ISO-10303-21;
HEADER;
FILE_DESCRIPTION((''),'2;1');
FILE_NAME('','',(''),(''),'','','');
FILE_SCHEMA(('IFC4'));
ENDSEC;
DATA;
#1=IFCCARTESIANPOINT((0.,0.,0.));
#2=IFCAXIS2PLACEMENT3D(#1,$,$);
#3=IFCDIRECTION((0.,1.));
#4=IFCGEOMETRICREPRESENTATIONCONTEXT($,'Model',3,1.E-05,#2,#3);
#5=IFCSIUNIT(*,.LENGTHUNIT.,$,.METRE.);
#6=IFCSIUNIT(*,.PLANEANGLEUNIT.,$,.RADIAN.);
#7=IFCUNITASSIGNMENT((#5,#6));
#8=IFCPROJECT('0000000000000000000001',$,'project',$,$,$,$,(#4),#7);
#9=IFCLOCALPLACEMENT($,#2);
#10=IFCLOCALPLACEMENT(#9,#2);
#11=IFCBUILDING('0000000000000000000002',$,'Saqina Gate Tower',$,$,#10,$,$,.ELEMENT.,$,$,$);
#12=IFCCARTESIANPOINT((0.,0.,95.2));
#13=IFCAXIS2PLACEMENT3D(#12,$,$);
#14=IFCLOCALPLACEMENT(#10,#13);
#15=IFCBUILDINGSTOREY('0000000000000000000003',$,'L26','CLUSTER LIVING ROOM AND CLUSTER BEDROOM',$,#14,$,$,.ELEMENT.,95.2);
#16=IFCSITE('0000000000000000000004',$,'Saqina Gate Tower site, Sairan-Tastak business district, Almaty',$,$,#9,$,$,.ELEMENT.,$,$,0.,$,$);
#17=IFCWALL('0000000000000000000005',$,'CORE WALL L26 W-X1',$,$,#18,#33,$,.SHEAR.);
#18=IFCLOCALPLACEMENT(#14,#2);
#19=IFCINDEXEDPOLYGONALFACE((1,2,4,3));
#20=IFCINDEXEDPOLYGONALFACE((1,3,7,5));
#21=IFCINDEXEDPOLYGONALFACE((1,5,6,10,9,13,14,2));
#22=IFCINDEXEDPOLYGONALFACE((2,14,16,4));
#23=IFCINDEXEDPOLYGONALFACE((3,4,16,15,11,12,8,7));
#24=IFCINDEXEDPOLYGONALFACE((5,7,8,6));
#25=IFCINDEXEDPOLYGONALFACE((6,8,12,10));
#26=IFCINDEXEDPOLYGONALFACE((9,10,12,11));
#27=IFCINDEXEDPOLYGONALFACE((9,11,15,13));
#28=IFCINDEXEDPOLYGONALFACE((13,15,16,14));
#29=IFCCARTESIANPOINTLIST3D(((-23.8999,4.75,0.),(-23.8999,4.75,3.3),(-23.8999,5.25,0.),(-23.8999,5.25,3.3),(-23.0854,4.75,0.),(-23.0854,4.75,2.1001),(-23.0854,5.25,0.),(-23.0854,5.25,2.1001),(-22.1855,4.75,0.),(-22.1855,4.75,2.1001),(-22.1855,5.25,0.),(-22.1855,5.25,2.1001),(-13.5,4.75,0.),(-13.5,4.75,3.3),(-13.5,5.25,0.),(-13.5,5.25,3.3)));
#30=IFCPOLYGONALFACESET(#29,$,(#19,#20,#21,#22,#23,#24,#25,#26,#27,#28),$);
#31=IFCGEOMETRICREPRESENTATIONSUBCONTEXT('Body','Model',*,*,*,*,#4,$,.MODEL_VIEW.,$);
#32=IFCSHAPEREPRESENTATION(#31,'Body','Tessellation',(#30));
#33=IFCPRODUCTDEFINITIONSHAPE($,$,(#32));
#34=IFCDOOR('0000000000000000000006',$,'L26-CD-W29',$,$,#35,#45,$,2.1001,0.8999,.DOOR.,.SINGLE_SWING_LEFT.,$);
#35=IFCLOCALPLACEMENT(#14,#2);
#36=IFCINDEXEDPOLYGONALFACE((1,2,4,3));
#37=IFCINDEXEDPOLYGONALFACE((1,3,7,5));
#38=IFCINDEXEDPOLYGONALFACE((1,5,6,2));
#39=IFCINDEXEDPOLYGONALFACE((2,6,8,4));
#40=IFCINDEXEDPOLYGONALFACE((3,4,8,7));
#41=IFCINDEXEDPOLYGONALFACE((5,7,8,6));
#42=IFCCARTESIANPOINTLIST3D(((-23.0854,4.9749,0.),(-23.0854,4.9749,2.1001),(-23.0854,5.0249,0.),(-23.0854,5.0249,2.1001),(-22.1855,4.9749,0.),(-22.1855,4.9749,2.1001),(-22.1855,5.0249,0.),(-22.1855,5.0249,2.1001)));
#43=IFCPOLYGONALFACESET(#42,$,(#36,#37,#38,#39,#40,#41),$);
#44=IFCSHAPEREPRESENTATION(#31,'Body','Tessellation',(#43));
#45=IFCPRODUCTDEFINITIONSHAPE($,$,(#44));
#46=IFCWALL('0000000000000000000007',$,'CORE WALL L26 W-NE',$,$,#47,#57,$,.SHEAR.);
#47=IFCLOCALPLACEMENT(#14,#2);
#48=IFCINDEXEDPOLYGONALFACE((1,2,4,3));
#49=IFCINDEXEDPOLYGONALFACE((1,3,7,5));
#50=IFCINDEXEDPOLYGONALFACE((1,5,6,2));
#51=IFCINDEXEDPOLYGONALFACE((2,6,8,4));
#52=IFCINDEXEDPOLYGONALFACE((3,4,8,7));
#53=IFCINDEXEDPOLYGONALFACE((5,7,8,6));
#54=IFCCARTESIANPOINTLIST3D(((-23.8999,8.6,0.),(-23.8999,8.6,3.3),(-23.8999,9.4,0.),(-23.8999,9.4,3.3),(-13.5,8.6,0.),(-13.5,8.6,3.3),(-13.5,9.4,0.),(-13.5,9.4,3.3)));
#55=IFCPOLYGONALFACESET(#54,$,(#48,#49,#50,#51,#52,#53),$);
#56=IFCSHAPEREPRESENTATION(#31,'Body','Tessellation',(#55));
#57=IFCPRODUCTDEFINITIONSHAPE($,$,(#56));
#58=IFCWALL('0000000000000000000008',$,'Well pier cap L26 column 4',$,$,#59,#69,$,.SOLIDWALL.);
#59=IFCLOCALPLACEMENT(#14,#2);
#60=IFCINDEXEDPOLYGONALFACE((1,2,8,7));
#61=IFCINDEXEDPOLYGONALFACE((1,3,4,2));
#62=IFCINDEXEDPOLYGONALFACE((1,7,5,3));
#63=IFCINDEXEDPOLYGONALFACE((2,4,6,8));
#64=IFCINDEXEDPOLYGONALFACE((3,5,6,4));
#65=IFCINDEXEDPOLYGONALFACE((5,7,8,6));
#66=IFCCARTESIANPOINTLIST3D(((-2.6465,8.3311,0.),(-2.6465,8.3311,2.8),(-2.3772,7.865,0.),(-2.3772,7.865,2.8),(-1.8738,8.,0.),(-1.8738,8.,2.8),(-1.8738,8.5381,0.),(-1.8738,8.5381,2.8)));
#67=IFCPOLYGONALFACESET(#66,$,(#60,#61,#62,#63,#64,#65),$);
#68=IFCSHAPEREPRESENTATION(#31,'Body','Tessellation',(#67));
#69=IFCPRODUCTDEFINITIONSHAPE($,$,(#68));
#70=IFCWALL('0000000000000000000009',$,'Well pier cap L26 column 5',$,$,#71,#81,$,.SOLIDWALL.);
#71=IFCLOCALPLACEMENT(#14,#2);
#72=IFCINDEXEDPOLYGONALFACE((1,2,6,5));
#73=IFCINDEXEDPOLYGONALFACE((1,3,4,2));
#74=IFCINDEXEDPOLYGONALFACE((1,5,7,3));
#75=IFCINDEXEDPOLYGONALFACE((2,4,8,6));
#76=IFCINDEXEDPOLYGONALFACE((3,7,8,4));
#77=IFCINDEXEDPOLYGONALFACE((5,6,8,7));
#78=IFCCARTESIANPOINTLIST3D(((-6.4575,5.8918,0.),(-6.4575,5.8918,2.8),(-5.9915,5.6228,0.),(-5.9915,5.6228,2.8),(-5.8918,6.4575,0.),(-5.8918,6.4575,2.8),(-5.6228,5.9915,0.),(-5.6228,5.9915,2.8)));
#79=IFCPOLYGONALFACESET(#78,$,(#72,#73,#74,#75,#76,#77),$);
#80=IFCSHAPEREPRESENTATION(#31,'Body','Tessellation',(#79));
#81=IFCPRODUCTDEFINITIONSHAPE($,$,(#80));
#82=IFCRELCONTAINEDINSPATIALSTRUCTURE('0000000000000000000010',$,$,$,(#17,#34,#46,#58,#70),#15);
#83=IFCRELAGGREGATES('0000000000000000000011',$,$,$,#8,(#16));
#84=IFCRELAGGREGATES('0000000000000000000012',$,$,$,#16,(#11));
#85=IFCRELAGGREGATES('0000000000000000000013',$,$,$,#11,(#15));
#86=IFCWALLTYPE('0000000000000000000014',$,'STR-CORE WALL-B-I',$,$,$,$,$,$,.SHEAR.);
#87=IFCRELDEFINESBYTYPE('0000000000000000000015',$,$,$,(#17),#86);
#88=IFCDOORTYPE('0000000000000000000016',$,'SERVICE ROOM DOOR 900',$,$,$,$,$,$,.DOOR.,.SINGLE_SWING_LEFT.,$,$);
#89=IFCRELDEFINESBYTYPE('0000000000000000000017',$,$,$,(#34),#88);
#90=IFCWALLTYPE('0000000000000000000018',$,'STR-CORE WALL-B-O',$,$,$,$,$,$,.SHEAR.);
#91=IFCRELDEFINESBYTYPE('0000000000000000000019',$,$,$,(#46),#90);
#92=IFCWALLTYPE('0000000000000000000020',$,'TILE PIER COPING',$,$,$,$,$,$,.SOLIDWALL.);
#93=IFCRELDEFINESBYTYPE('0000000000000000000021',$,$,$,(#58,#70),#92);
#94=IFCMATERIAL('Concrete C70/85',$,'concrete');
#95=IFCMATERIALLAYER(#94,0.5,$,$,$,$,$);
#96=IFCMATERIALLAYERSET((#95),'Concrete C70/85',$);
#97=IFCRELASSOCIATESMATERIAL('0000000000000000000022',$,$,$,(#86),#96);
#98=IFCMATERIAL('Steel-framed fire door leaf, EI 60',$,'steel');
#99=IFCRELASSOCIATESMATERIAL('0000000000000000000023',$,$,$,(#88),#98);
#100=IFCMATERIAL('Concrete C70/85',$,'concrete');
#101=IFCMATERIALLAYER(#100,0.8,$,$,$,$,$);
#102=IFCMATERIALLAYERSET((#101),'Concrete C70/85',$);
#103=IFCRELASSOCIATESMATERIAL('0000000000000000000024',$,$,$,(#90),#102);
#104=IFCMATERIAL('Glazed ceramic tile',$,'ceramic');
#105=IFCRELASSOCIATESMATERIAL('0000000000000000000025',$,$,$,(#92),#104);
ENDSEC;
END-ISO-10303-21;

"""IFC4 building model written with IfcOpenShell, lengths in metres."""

from ifc_helpers import new_model, si_unit, direction, frame, frame_2d, origin, place, context, subcontext, project, spatial, polyline, rectangle, outline, extrude, material, layer, layer_set, type_object, element, fill, save


model = new_model("IFC4")

# Units and contexts
model_context = context("Model", 3, precision=1e-05, world=origin(), true_north=direction((0.0, 1.0)))
body_context = subcontext(model_context, "Body", "Model", "MODEL_VIEW")
ifc_project = project(units=[si_unit("LENGTHUNIT", "METRE"), si_unit("PLANEANGLEUNIT", "RADIAN")], contexts=[model_context])

# Site, building, storey
site_placement = place(None, origin())
site = spatial("IfcSite", under=ifc_project, at=site_placement, Name="Saqina Gate Tower site, Sairan-Tastak business district, Almaty", CompositionType="ELEMENT", RefElevation=0.0)
building_placement = place(site_placement, origin())
building = spatial("IfcBuilding", under=site, at=building_placement, Name="Saqina Gate Tower", CompositionType="ELEMENT")
storey_placement = place(building_placement, frame((0.0, 0.0, 95.2)))
storey = spatial("IfcBuildingStorey", under=building, at=storey_placement, Name="L26", Description="CLUSTER LIVING ROOM AND CLUSTER BEDROOM", CompositionType="ELEMENT", Elevation=95.2)

# Wall, opening, door
ifc_material_1 = material(Name="Concrete C70/85", Category="concrete")
ifc_layer_1 = layer(ifc_material_1, 0.5)
ifc_layer_set_1 = layer_set([ifc_layer_1], Name="Concrete C70/85")
wall_type_1 = type_object("IfcWallType", Name="STR-CORE WALL-B-I", PredefinedType="SHEAR", material=ifc_layer_set_1)
wall_1_placement = place(storey_placement, frame((-13.5, 5.0, 0.0), z_axis=(0.0, 0.0, 1.0), x_axis=(-1.0, 0.0, 0.0)))
wall_1 = element("IfcWall", 1, at=wall_1_placement, inside=storey, type_object=wall_type_1, Name="CORE WALL L26 W-X1", PredefinedType="SHEAR", context=body_context, shape_type="SweptSolid", body=[
    extrude(rectangle(XDim=10.3999, YDim=0.5, at=frame_2d((5.2, 0.0))), origin(), (0.0, 0.0, 1.0), 3.3),
])
opening_1_placement = place(wall_1_placement, frame((8.6855, 0.0, 0.0)))
opening_1 = element("IfcOpeningElement", 2, at=opening_1_placement, cuts=wall_1, PredefinedType="OPENING", context=body_context, shape_type="SweptSolid", body=[
    extrude(rectangle(XDim=0.8999, YDim=2.1001, at=frame_2d((0.45, 1.05))), frame((0.0, 0.262, 0.0), z_axis=(0.0, -1.0, 0.0), x_axis=(1.0, 0.0, 0.0)), (0.0, 0.0, 1.0), 0.5239),
])
ifc_material_2 = material(Name="Steel-framed fire door leaf, EI 60", Category="steel")
door_type_1 = type_object("IfcDoorType", Name="SERVICE ROOM DOOR 900", OperationType="SINGLE_SWING_LEFT", PredefinedType="DOOR", material=ifc_material_2)
door_1_placement = place(opening_1_placement, frame((0.8999, 0.0, 0.0), z_axis=(0.0, 0.0, 1.0), x_axis=(-1.0, 0.0, 0.0)))
door_1 = element("IfcDoor", 3, at=door_1_placement, inside=storey, type_object=door_type_1, Name="L26-CD-W29", OperationType="SINGLE_SWING_LEFT", OverallHeight=2.1001, OverallWidth=0.8999, PredefinedType="DOOR", context=body_context, shape_type="SweptSolid", body=[
    extrude(rectangle(XDim=0.8999, YDim=2.1001, at=frame_2d((0.45, 1.05))), frame((0.0, 0.0249, 0.0), z_axis=(0.0, -1.0, 0.0), x_axis=(1.0, 0.0, 0.0)), (0.0, 0.0, 1.0), 0.05),
])
fill(opening_1, door_1)

# Walls
ifc_material_3 = material(Name="Concrete C70/85", Category="concrete")
ifc_layer_2 = layer(ifc_material_3, 0.8)
ifc_layer_set_2 = layer_set([ifc_layer_2], Name="Concrete C70/85")
wall_type_2 = type_object("IfcWallType", Name="STR-CORE WALL-B-O", PredefinedType="SHEAR", material=ifc_layer_set_2)
wall_2_placement = place(storey_placement, frame((-13.5, 9.0, 0.0), z_axis=(0.0, 0.0, 1.0), x_axis=(-1.0, 0.0, 0.0)))
element("IfcWall", 4, at=wall_2_placement, inside=storey, type_object=wall_type_2, Name="CORE WALL L26 W-NE", PredefinedType="SHEAR", context=body_context, shape_type="SweptSolid", body=[
    extrude(rectangle(XDim=10.3999, YDim=0.8, at=frame_2d((5.2, 0.0))), origin(), (0.0, 0.0, 1.0), 3.3),
])
ifc_material_4 = material(Name="Glazed ceramic tile", Category="ceramic")
wall_type_3 = type_object("IfcWallType", Name="TILE PIER COPING", PredefinedType="SOLIDWALL", material=ifc_material_4)
wall_3_placement = place(storey_placement, origin())
element("IfcWall", 5, at=wall_3_placement, inside=storey, type_object=wall_type_3, Name="Well pier cap L26 column 4", PredefinedType="SOLIDWALL", context=body_context, shape_type="SweptSolid", body=[
    extrude(outline(polyline([(-2.6465, 8.3311), (-2.3772, 7.865), (-1.8738, 8.0), (-1.8738, 8.5381), (-2.6465, 8.3311)])), origin(), (0.0, 0.0, 1.0), 2.8),
])
wall_4_placement = place(storey_placement, origin())
element("IfcWall", 6, at=wall_4_placement, inside=storey, type_object=wall_type_3, Name="Well pier cap L26 column 5", PredefinedType="SOLIDWALL", context=body_context, shape_type="SweptSolid", body=[
    extrude(outline(polyline([(-6.4575, 5.8918), (-5.9915, 5.6228), (-5.6228, 5.9915), (-5.8918, 6.4575), (-6.4575, 5.8918)])), origin(), (0.0, 0.0, 1.0), 2.8),
])

save(model, "model.ifc")
